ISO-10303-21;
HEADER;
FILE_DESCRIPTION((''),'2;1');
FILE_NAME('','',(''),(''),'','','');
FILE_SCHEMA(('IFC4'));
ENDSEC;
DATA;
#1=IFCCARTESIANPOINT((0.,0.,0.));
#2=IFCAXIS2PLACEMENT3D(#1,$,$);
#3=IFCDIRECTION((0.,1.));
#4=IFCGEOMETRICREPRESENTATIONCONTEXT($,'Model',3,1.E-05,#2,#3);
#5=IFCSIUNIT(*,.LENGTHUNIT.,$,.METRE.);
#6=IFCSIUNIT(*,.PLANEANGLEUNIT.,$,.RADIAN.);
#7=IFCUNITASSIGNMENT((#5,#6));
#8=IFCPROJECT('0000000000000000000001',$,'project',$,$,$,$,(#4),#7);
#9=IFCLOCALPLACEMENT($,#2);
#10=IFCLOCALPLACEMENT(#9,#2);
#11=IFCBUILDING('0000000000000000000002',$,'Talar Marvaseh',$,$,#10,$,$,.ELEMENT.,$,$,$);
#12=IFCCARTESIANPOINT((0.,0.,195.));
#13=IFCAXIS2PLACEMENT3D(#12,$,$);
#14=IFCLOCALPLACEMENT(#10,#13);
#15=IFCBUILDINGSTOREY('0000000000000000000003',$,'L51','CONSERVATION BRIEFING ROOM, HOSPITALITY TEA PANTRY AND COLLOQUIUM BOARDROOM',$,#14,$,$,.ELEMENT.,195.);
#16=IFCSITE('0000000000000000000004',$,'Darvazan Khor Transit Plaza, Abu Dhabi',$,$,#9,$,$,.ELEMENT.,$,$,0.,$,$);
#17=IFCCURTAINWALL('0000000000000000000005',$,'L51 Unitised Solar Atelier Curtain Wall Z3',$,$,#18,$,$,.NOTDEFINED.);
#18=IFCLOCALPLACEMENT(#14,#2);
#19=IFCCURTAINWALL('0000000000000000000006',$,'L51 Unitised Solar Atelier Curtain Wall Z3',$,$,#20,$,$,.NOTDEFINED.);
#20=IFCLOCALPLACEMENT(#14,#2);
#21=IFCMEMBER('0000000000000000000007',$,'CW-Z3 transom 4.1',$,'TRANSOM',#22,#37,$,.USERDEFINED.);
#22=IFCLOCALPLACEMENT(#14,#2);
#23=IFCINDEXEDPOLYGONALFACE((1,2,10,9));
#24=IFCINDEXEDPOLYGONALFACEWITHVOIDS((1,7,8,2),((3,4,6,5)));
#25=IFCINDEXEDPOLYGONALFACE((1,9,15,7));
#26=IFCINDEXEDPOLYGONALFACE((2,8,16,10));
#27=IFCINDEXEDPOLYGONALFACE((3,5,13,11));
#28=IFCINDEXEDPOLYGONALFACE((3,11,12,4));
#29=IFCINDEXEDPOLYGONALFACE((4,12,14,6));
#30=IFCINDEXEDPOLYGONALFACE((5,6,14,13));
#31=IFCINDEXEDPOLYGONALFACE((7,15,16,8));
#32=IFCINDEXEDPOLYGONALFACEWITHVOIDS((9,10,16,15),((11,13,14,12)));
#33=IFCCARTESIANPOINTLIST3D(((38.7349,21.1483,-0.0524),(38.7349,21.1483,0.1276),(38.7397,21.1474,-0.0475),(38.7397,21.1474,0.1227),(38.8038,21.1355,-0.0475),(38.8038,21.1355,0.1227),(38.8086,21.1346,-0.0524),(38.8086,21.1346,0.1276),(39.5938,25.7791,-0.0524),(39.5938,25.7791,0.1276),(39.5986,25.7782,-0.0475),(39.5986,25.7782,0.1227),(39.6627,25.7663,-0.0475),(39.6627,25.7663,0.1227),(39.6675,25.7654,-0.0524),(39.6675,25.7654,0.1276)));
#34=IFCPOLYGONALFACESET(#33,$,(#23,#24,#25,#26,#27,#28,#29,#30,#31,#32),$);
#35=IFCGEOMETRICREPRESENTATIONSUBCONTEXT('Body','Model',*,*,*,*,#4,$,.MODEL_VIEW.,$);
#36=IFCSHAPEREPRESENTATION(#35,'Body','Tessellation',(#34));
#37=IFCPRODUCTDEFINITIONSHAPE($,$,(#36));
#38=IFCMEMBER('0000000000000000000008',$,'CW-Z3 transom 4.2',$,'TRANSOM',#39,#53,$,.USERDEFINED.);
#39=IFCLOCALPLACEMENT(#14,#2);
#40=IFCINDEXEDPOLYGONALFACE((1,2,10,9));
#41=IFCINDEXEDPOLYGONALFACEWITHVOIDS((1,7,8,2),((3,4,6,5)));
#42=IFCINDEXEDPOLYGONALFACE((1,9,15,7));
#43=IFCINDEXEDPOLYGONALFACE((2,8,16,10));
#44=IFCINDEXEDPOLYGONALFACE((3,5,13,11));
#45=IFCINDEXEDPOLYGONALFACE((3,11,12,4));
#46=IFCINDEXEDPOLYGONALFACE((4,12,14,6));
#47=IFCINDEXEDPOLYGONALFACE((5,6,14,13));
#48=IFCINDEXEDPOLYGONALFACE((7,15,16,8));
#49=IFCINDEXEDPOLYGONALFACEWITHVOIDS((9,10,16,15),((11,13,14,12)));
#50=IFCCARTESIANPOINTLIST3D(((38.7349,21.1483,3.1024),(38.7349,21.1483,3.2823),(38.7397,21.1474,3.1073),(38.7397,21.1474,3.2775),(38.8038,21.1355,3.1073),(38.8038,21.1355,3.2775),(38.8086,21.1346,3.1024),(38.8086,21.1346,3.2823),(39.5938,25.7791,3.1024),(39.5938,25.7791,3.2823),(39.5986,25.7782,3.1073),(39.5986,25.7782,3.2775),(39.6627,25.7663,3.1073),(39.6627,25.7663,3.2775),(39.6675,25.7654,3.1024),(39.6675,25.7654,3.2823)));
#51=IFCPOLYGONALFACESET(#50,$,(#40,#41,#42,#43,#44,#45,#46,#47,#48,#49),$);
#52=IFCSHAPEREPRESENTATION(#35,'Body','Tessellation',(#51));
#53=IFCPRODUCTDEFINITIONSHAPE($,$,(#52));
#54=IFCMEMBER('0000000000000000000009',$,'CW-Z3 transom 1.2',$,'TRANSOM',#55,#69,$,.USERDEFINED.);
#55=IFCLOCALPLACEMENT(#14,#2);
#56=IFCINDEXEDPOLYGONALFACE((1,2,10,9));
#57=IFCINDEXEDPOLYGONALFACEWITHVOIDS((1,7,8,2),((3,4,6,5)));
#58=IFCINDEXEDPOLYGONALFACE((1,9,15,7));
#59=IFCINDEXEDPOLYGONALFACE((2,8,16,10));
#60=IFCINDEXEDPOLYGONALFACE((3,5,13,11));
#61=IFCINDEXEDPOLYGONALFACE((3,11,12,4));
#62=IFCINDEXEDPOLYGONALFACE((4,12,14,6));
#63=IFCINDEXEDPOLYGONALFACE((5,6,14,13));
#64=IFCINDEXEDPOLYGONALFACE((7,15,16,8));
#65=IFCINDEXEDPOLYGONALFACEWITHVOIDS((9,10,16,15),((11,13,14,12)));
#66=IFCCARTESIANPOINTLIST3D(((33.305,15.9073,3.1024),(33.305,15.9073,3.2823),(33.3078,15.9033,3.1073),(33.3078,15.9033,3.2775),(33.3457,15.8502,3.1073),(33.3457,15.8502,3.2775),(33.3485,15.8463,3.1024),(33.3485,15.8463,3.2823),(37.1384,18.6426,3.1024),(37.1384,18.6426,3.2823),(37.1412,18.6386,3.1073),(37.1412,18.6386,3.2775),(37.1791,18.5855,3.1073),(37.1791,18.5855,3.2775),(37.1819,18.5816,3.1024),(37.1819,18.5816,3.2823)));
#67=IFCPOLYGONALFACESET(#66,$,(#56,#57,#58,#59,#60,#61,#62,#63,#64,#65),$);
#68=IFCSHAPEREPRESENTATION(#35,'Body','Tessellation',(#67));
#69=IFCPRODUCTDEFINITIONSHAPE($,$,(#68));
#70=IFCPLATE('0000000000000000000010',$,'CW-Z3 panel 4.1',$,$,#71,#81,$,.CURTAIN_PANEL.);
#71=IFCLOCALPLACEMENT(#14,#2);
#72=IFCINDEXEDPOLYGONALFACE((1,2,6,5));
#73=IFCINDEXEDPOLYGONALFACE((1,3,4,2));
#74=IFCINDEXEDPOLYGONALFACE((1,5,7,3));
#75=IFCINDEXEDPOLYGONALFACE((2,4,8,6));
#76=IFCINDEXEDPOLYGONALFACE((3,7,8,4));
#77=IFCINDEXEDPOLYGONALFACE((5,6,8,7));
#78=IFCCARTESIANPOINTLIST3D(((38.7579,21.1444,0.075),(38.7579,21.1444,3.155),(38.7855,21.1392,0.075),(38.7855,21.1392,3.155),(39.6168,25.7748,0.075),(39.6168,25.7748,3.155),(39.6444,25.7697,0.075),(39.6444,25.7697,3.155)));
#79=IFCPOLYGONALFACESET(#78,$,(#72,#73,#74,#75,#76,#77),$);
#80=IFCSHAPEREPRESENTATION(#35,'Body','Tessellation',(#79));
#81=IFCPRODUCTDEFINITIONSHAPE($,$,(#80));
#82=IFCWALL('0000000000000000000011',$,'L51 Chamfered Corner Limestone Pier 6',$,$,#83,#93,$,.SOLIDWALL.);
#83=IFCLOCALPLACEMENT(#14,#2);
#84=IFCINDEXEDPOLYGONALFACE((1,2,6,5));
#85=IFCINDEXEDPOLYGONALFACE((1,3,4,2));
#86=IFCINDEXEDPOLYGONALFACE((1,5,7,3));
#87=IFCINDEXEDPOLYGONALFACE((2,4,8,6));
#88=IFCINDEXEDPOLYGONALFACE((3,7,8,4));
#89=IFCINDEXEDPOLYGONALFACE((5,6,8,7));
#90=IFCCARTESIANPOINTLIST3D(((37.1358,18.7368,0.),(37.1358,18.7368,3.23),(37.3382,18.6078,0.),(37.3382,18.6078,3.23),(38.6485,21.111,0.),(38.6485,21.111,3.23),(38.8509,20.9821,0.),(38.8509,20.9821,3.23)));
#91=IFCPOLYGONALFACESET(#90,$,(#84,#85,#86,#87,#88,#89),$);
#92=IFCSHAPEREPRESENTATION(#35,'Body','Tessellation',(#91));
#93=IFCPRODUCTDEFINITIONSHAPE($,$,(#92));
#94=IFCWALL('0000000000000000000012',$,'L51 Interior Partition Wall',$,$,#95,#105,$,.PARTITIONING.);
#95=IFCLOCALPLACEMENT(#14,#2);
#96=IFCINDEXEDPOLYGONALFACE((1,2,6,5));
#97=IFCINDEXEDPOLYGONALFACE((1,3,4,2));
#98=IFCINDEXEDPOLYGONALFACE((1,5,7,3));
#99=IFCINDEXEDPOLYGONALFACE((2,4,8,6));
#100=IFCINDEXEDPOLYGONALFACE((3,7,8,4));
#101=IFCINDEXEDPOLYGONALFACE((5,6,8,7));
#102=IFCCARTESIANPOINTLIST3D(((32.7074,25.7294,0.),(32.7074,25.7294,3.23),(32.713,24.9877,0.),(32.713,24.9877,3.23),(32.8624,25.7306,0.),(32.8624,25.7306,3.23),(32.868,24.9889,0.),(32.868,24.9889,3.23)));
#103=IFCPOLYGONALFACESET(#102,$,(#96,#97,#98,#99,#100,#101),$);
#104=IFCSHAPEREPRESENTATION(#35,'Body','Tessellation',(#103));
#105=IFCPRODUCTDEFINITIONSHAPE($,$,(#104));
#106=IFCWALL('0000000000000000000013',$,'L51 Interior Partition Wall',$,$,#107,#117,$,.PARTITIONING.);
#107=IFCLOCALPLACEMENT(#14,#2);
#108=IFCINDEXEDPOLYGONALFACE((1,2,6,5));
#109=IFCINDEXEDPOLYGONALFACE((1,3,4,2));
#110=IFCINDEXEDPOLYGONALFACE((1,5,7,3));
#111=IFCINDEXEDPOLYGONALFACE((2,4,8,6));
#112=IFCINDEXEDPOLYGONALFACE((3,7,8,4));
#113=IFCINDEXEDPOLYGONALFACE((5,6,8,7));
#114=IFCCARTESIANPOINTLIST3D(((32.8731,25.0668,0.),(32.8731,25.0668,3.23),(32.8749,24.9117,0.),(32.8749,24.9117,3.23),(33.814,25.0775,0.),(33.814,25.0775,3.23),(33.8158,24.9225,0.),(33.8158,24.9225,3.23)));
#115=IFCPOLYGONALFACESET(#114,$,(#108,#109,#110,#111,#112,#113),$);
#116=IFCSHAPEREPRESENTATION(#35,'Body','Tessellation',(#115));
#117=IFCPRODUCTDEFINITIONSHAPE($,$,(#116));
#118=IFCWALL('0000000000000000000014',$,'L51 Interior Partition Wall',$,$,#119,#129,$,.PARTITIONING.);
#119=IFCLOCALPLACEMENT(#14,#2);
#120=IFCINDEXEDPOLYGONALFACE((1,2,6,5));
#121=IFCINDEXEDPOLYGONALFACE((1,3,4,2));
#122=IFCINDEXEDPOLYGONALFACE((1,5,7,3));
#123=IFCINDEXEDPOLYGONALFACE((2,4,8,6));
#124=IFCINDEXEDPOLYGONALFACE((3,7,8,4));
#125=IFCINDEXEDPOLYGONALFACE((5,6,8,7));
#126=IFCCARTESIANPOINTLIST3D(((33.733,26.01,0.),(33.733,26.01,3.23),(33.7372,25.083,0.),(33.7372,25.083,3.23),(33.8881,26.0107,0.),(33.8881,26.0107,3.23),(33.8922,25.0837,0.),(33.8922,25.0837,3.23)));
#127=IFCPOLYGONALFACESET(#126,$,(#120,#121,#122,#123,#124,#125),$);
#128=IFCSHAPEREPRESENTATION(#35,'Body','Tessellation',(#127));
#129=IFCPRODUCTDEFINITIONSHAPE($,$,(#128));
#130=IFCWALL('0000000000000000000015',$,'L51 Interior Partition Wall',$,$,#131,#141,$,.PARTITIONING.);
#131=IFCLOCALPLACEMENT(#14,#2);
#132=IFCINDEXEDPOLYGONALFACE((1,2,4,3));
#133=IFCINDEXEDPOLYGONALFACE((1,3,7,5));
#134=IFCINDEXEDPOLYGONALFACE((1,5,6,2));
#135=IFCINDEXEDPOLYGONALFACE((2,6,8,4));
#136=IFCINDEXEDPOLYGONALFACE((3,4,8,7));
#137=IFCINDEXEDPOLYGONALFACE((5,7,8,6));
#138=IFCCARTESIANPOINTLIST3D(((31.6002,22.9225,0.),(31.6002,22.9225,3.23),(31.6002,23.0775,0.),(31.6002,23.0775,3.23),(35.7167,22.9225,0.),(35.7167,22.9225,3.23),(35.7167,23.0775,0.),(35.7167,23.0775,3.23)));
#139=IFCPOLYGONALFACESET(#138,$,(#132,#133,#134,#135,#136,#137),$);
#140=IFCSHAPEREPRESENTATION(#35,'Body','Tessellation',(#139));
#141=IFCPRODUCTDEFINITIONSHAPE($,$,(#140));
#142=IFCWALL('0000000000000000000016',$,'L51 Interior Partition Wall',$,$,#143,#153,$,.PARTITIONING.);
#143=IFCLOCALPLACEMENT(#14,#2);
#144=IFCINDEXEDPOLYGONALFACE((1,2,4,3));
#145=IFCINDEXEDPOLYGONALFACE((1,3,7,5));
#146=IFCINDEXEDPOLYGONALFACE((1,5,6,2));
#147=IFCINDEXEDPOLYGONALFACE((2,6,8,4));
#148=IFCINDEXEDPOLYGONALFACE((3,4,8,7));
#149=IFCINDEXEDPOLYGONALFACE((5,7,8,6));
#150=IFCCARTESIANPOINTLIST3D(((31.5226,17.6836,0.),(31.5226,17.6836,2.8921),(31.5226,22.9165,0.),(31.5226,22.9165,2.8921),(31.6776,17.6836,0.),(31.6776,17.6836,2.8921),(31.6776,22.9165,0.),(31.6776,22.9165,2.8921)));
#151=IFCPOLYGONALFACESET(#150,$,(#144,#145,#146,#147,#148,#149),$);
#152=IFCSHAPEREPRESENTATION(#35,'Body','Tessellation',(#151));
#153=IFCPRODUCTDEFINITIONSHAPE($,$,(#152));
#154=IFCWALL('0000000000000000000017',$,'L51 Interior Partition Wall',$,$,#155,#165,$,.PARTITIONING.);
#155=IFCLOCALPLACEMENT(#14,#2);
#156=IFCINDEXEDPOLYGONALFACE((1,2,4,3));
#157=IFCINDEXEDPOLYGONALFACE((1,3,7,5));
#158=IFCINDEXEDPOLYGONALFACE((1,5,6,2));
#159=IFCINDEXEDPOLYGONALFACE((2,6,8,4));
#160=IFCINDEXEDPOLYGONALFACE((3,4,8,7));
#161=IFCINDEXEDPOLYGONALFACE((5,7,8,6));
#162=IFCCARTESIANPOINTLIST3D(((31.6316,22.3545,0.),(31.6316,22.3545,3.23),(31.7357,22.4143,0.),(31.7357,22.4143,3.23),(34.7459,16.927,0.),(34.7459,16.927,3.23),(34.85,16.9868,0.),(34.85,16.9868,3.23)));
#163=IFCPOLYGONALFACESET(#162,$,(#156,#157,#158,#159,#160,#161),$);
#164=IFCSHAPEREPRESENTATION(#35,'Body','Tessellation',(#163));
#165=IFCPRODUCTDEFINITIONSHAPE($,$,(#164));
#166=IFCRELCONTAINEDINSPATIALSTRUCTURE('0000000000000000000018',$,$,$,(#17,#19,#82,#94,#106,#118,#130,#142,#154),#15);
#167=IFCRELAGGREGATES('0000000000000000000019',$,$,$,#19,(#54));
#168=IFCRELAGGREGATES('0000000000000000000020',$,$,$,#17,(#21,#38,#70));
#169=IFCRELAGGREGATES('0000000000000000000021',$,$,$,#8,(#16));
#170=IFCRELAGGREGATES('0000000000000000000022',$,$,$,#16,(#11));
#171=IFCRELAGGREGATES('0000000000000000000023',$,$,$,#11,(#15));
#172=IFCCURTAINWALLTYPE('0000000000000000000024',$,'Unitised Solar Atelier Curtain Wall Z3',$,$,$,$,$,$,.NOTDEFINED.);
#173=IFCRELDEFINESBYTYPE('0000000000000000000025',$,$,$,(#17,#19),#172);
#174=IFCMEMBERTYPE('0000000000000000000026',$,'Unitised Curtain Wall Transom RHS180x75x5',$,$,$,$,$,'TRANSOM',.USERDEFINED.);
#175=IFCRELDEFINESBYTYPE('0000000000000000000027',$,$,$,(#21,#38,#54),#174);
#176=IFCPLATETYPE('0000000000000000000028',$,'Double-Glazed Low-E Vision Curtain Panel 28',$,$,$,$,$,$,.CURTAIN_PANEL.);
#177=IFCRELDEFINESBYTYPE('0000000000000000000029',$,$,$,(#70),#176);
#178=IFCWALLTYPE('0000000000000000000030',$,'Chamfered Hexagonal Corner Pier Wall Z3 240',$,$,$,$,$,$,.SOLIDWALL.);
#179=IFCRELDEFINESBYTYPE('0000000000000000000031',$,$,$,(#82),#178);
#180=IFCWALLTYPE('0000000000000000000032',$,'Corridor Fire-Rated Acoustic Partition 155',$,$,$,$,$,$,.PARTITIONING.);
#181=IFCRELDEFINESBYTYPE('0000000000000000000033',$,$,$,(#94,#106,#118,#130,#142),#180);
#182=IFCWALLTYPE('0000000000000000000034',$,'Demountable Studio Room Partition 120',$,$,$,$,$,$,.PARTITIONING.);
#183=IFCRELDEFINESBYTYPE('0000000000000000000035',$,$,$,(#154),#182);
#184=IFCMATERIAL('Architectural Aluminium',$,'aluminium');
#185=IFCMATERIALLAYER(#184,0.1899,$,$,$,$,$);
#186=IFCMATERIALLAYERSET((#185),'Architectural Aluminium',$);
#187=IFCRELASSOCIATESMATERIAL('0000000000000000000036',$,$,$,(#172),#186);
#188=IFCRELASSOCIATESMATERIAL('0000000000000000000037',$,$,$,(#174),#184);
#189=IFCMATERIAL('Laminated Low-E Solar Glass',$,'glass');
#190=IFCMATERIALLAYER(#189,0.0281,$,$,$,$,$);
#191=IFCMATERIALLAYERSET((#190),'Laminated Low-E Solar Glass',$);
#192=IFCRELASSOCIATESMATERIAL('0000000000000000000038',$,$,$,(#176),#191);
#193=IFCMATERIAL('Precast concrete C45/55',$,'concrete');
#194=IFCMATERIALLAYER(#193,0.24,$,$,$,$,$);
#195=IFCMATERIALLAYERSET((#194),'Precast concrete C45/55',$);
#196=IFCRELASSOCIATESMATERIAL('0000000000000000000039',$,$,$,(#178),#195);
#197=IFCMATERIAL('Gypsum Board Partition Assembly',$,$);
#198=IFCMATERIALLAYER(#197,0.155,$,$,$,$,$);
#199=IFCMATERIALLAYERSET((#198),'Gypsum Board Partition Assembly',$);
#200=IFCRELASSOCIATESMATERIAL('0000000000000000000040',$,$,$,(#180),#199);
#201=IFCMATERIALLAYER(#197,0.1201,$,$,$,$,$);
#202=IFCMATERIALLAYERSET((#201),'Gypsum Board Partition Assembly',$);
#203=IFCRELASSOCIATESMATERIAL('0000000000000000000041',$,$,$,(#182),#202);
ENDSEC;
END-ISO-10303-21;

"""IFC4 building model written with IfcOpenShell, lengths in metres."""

from ifc_helpers import new_model, si_unit, direction, frame, frame_2d, origin, origin_2d, place, context, subcontext, project, spatial, rectangle, hollow_rectangle, extrude, source, transform, mapped, material, layer, layer_set, material_profile, profile_set, type_object, type_shapes, element, aggregate, save


model = new_model("IFC4")

# Units and contexts
model_context = context("Model", 3, precision=1e-05, world=origin(), true_north=direction((0.0, 1.0)))
body_context = subcontext(model_context, "Body", "Model", "MODEL_VIEW")
ifc_project = project(units=[si_unit("LENGTHUNIT", "METRE"), si_unit("PLANEANGLEUNIT", "RADIAN")], contexts=[model_context])

# Site, building, storey
site_placement = place(None, origin())
site = spatial("IfcSite", under=ifc_project, at=site_placement, Name="Darvazan Khor Transit Plaza, Abu Dhabi", CompositionType="ELEMENT", RefElevation=0.0)
building_placement = place(site_placement, origin())
building = spatial("IfcBuilding", under=site, at=building_placement, Name="Talar Marvaseh", CompositionType="ELEMENT")
storey_placement = place(building_placement, frame((0.0, 0.0, 195.0)))
storey = spatial("IfcBuildingStorey", under=building, at=storey_placement, Name="L51", Description="CONSERVATION BRIEFING ROOM, HOSPITALITY TEA PANTRY AND COLLOQUIUM BOARDROOM", CompositionType="ELEMENT", Elevation=195.0)

# Curtain wall
ifc_material_1 = material(Name="Architectural Aluminium", Category="aluminium")
ifc_layer_1 = layer(ifc_material_1, 0.1899)
ifc_layer_set_1 = layer_set([ifc_layer_1], Name="Architectural Aluminium")
curtain_wall_type = type_object("IfcCurtainWallType", Name="Unitised Solar Atelier Curtain Wall Z3", PredefinedType="NOTDEFINED", material=ifc_layer_set_1)
curtain_wall_1_placement = place(storey_placement, origin())
curtain_wall_1 = element("IfcCurtainWall", 1, at=curtain_wall_1_placement, inside=storey, type_object=curtain_wall_type, Name="L51 Unitised Solar Atelier Curtain Wall Z3", PredefinedType="NOTDEFINED")

# Curtain wall
curtain_wall_2_placement = place(storey_placement, origin())
curtain_wall_2 = element("IfcCurtainWall", 2, at=curtain_wall_2_placement, inside=storey, type_object=curtain_wall_type, Name="L51 Unitised Solar Atelier Curtain Wall Z3", PredefinedType="NOTDEFINED")

# Members
ifc_material_profile_1 = material_profile(ifc_material_1, hollow_rectangle(XDim=0.075, YDim=0.1799, WallThickness=0.0049, at=origin_2d()), Name="RHS180x75x5")
ifc_profile_set_1 = profile_set([ifc_material_profile_1], Name="Architectural Aluminium")
member_type_1 = type_object("IfcMemberType", Name="Unitised Curtain Wall Transom RHS180x75x5", ElementType="TRANSOM", PredefinedType="USERDEFINED", material=ifc_profile_set_1)
shared_shape_1 = source(origin(), body_context, "Body", "SweptSolid", [
    extrude(hollow_rectangle(XDim=0.075, YDim=0.1799, WallThickness=0.0049, at=origin_2d()), origin(), (0.0, 0.0, 1.0), 4.7097),
])
member_1_placement = place(storey_placement, frame((39.6306, 25.7722, 0.0376), z_axis=(-0.18237, -0.98323, 0.0), x_axis=(0.98323, -0.18237, 0.0)))
member_1 = element("IfcMember", 3, at=member_1_placement, type_object=member_type_1, Name="CW-Z3 transom 4.1", ObjectType="TRANSOM", PredefinedType="USERDEFINED", context=body_context, shape_type="MappedRepresentation", body=[
    mapped(shared_shape_1, transform((0.0, 0.0, 0.0), x_axis=(1.0, 0.0, 0.0), y_axis=(0.0, 1.0, 0.0), z_axis=(0.0, 0.0, 1.0), scale=1.0)),
])
member_2_placement = place(storey_placement, frame((39.6306, 25.7722, 3.1924), z_axis=(-0.18237, -0.98323, 0.0), x_axis=(0.98323, -0.18237, 0.0)))
member_2 = element("IfcMember", 4, at=member_2_placement, type_object=member_type_1, Name="CW-Z3 transom 4.2", ObjectType="TRANSOM", PredefinedType="USERDEFINED", context=body_context, shape_type="MappedRepresentation", body=[
    mapped(shared_shape_1, transform((0.0, 0.0, 0.0), x_axis=(1.0, 0.0, 0.0), y_axis=(0.0, 1.0, 0.0), z_axis=(0.0, 0.0, 1.0), scale=1.0)),
])
shared_shape_2 = source(origin(), body_context, "Body", "SweptSolid", [
    extrude(hollow_rectangle(XDim=0.075, YDim=0.1799, WallThickness=0.0049, at=origin_2d()), origin(), (0.0, 0.0, 1.0), 4.7092),
])
type_shapes(member_type_1, [shared_shape_1, shared_shape_2])
member_3_placement = place(storey_placement, frame((37.1602, 18.6121, 3.1924), z_axis=(-0.814021, -0.580836, 0.0), x_axis=(0.580836, -0.814021, 0.0)))
member_3 = element("IfcMember", 5, at=member_3_placement, type_object=member_type_1, Name="CW-Z3 transom 1.2", ObjectType="TRANSOM", PredefinedType="USERDEFINED", context=body_context, shape_type="MappedRepresentation", body=[
    mapped(shared_shape_2, transform((0.0, 0.0, 0.0), x_axis=(1.0, 0.0, 0.0), y_axis=(0.0, 1.0, 0.0), z_axis=(0.0, 0.0, 1.0), scale=1.0)),
])
aggregate(curtain_wall_2, [member_3])

# Plate
ifc_material_2 = material(Name="Laminated Low-E Solar Glass", Category="glass")
ifc_layer_2 = layer(ifc_material_2, 0.0281)
ifc_layer_set_2 = layer_set([ifc_layer_2], Name="Laminated Low-E Solar Glass")
plate_type = type_object("IfcPlateType", Name="Double-Glazed Low-E Vision Curtain Panel 28", PredefinedType="CURTAIN_PANEL", material=ifc_layer_set_2)
shared_shape_3 = source(origin(), body_context, "Body", "SweptSolid", [
    extrude(rectangle(XDim=4.7095, YDim=0.0281, at=origin_2d()), origin(), (0.0, 0.0, 1.0), 3.0801),
])
type_shapes(plate_type, [shared_shape_3])
plate_placement = place(storey_placement, frame((39.2012, 23.457, 0.075), z_axis=(0.0, 0.0, 1.0), x_axis=(-0.182387, -0.983227, 0.0)))
plate = element("IfcPlate", 6, at=plate_placement, type_object=plate_type, Name="CW-Z3 panel 4.1", PredefinedType="CURTAIN_PANEL", context=body_context, shape_type="MappedRepresentation", body=[
    mapped(shared_shape_3, transform((0.0, 0.0, 0.0), x_axis=(1.0, 0.0, 0.0), y_axis=(0.0, 1.0, 0.0), z_axis=(0.0, 0.0, 1.0), scale=1.0)),
])
aggregate(curtain_wall_1, [member_1, member_2, plate])

# Walls
ifc_material_3 = material(Name="Precast concrete C45/55", Category="concrete")
ifc_layer_3 = layer(ifc_material_3, 0.24)
ifc_layer_set_3 = layer_set([ifc_layer_3], Name="Precast concrete C45/55")
wall_type_1 = type_object("IfcWallType", Name="Chamfered Hexagonal Corner Pier Wall Z3 240", PredefinedType="SOLIDWALL", material=ifc_layer_set_3)
wall_1_placement = place(storey_placement, frame((38.7498, 21.0466, 0.0), z_axis=(0.0, 0.0, 1.0), x_axis=(-0.53733, -0.843372, 0.0)))
element("IfcWall", 7, at=wall_1_placement, inside=storey, type_object=wall_type_1, Name="L51 Chamfered Corner Limestone Pier 6", PredefinedType="SOLIDWALL", context=body_context, shape_type="SweptSolid", body=[
    extrude(rectangle(XDim=2.8152, YDim=0.24, at=frame_2d((1.4077, 0.0))), origin(), (0.0, 0.0, 1.0), 3.23),
])
ifc_material_4 = material(Name="Gypsum Board Partition Assembly")
ifc_layer_4 = layer(ifc_material_4, 0.155)
ifc_layer_set_4 = layer_set([ifc_layer_4], Name="Gypsum Board Partition Assembly")
wall_type_2 = type_object("IfcWallType", Name="Corridor Fire-Rated Acoustic Partition 155", PredefinedType="PARTITIONING", material=ifc_layer_set_4)
wall_2_placement = place(storey_placement, frame((32.7849, 25.73, 0.0), z_axis=(0.0, 0.0, 1.0), x_axis=(0.007571, -0.999971, 0.0)))
element("IfcWall", 8, at=wall_2_placement, inside=storey, type_object=wall_type_2, Name="L51 Interior Partition Wall", PredefinedType="PARTITIONING", context=body_context, shape_type="SweptSolid", body=[
    extrude(rectangle(XDim=0.7417, YDim=0.155, at=frame_2d((0.3708, 0.0))), origin(), (0.0, 0.0, 1.0), 3.23),
])
wall_3_placement = place(storey_placement, frame((32.874, 24.9893, 0.0), z_axis=(0.0, 0.0, 1.0), x_axis=(0.999935, 0.011416, 0.0)))
element("IfcWall", 9, at=wall_3_placement, inside=storey, type_object=wall_type_2, Name="L51 Interior Partition Wall", PredefinedType="PARTITIONING", context=body_context, shape_type="SweptSolid", body=[
    extrude(rectangle(XDim=0.9409, YDim=0.155, at=frame_2d((0.4705, 0.0))), origin(), (0.0, 0.0, 1.0), 3.23),
])
wall_4_placement = place(storey_placement, frame((33.8147, 25.0835, 0.0), z_axis=(0.0, 0.0, 1.0), x_axis=(-0.004477, 0.99999, 0.0)))
element("IfcWall", 10, at=wall_4_placement, inside=storey, type_object=wall_type_2, Name="L51 Interior Partition Wall", PredefinedType="PARTITIONING", context=body_context, shape_type="SweptSolid", body=[
    extrude(rectangle(XDim=0.927, YDim=0.155, at=frame_2d((0.4634, 0.0))), origin(), (0.0, 0.0, 1.0), 3.23),
])
wall_5_placement = place(storey_placement, frame((35.7166, 23.0, 0.0), z_axis=(0.0, 0.0, 1.0), x_axis=(-1.0, 0.0, 0.0)))
element("IfcWall", 11, at=wall_5_placement, inside=storey, type_object=wall_type_2, Name="L51 Interior Partition Wall", PredefinedType="PARTITIONING", context=body_context, shape_type="SweptSolid", body=[
    extrude(rectangle(XDim=4.1165, YDim=0.155, at=frame_2d((2.0581, 0.0))), origin(), (0.0, 0.0, 1.0), 3.23),
])
wall_6_placement = place(storey_placement, frame((31.6001, 22.9165, 0.0), z_axis=(0.0, 0.0, 1.0), x_axis=(0.0, -1.0, 0.0)))
element("IfcWall", 12, at=wall_6_placement, inside=storey, type_object=wall_type_2, Name="L51 Interior Partition Wall", PredefinedType="PARTITIONING", context=body_context, shape_type="SweptSolid", body=[
    extrude(rectangle(XDim=5.2329, YDim=0.155, at=frame_2d((2.6165, 0.0))), origin(), (0.0, 0.0, 1.0), 2.8921),
])
ifc_layer_5 = layer(ifc_material_4, 0.1201)
ifc_layer_set_5 = layer_set([ifc_layer_5], Name="Gypsum Board Partition Assembly")
wall_type_3 = type_object("IfcWallType", Name="Demountable Studio Room Partition 120", PredefinedType="PARTITIONING", material=ifc_layer_set_5)
wall_7_placement = place(storey_placement, frame((31.6836, 22.3845, 0.0), z_axis=(0.0, 0.0, 1.0), x_axis=(0.497684, -0.867358, 0.0)))
element("IfcWall", 13, at=wall_7_placement, inside=storey, type_object=wall_type_3, Name="L51 Interior Partition Wall", PredefinedType="PARTITIONING", context=body_context, shape_type="SweptSolid", body=[
    extrude(rectangle(XDim=6.2576, YDim=0.1201, at=frame_2d((3.1289, 0.0))), origin(), (0.0, 0.0, 1.0), 3.23),
])

save(model, "model.ifc")
